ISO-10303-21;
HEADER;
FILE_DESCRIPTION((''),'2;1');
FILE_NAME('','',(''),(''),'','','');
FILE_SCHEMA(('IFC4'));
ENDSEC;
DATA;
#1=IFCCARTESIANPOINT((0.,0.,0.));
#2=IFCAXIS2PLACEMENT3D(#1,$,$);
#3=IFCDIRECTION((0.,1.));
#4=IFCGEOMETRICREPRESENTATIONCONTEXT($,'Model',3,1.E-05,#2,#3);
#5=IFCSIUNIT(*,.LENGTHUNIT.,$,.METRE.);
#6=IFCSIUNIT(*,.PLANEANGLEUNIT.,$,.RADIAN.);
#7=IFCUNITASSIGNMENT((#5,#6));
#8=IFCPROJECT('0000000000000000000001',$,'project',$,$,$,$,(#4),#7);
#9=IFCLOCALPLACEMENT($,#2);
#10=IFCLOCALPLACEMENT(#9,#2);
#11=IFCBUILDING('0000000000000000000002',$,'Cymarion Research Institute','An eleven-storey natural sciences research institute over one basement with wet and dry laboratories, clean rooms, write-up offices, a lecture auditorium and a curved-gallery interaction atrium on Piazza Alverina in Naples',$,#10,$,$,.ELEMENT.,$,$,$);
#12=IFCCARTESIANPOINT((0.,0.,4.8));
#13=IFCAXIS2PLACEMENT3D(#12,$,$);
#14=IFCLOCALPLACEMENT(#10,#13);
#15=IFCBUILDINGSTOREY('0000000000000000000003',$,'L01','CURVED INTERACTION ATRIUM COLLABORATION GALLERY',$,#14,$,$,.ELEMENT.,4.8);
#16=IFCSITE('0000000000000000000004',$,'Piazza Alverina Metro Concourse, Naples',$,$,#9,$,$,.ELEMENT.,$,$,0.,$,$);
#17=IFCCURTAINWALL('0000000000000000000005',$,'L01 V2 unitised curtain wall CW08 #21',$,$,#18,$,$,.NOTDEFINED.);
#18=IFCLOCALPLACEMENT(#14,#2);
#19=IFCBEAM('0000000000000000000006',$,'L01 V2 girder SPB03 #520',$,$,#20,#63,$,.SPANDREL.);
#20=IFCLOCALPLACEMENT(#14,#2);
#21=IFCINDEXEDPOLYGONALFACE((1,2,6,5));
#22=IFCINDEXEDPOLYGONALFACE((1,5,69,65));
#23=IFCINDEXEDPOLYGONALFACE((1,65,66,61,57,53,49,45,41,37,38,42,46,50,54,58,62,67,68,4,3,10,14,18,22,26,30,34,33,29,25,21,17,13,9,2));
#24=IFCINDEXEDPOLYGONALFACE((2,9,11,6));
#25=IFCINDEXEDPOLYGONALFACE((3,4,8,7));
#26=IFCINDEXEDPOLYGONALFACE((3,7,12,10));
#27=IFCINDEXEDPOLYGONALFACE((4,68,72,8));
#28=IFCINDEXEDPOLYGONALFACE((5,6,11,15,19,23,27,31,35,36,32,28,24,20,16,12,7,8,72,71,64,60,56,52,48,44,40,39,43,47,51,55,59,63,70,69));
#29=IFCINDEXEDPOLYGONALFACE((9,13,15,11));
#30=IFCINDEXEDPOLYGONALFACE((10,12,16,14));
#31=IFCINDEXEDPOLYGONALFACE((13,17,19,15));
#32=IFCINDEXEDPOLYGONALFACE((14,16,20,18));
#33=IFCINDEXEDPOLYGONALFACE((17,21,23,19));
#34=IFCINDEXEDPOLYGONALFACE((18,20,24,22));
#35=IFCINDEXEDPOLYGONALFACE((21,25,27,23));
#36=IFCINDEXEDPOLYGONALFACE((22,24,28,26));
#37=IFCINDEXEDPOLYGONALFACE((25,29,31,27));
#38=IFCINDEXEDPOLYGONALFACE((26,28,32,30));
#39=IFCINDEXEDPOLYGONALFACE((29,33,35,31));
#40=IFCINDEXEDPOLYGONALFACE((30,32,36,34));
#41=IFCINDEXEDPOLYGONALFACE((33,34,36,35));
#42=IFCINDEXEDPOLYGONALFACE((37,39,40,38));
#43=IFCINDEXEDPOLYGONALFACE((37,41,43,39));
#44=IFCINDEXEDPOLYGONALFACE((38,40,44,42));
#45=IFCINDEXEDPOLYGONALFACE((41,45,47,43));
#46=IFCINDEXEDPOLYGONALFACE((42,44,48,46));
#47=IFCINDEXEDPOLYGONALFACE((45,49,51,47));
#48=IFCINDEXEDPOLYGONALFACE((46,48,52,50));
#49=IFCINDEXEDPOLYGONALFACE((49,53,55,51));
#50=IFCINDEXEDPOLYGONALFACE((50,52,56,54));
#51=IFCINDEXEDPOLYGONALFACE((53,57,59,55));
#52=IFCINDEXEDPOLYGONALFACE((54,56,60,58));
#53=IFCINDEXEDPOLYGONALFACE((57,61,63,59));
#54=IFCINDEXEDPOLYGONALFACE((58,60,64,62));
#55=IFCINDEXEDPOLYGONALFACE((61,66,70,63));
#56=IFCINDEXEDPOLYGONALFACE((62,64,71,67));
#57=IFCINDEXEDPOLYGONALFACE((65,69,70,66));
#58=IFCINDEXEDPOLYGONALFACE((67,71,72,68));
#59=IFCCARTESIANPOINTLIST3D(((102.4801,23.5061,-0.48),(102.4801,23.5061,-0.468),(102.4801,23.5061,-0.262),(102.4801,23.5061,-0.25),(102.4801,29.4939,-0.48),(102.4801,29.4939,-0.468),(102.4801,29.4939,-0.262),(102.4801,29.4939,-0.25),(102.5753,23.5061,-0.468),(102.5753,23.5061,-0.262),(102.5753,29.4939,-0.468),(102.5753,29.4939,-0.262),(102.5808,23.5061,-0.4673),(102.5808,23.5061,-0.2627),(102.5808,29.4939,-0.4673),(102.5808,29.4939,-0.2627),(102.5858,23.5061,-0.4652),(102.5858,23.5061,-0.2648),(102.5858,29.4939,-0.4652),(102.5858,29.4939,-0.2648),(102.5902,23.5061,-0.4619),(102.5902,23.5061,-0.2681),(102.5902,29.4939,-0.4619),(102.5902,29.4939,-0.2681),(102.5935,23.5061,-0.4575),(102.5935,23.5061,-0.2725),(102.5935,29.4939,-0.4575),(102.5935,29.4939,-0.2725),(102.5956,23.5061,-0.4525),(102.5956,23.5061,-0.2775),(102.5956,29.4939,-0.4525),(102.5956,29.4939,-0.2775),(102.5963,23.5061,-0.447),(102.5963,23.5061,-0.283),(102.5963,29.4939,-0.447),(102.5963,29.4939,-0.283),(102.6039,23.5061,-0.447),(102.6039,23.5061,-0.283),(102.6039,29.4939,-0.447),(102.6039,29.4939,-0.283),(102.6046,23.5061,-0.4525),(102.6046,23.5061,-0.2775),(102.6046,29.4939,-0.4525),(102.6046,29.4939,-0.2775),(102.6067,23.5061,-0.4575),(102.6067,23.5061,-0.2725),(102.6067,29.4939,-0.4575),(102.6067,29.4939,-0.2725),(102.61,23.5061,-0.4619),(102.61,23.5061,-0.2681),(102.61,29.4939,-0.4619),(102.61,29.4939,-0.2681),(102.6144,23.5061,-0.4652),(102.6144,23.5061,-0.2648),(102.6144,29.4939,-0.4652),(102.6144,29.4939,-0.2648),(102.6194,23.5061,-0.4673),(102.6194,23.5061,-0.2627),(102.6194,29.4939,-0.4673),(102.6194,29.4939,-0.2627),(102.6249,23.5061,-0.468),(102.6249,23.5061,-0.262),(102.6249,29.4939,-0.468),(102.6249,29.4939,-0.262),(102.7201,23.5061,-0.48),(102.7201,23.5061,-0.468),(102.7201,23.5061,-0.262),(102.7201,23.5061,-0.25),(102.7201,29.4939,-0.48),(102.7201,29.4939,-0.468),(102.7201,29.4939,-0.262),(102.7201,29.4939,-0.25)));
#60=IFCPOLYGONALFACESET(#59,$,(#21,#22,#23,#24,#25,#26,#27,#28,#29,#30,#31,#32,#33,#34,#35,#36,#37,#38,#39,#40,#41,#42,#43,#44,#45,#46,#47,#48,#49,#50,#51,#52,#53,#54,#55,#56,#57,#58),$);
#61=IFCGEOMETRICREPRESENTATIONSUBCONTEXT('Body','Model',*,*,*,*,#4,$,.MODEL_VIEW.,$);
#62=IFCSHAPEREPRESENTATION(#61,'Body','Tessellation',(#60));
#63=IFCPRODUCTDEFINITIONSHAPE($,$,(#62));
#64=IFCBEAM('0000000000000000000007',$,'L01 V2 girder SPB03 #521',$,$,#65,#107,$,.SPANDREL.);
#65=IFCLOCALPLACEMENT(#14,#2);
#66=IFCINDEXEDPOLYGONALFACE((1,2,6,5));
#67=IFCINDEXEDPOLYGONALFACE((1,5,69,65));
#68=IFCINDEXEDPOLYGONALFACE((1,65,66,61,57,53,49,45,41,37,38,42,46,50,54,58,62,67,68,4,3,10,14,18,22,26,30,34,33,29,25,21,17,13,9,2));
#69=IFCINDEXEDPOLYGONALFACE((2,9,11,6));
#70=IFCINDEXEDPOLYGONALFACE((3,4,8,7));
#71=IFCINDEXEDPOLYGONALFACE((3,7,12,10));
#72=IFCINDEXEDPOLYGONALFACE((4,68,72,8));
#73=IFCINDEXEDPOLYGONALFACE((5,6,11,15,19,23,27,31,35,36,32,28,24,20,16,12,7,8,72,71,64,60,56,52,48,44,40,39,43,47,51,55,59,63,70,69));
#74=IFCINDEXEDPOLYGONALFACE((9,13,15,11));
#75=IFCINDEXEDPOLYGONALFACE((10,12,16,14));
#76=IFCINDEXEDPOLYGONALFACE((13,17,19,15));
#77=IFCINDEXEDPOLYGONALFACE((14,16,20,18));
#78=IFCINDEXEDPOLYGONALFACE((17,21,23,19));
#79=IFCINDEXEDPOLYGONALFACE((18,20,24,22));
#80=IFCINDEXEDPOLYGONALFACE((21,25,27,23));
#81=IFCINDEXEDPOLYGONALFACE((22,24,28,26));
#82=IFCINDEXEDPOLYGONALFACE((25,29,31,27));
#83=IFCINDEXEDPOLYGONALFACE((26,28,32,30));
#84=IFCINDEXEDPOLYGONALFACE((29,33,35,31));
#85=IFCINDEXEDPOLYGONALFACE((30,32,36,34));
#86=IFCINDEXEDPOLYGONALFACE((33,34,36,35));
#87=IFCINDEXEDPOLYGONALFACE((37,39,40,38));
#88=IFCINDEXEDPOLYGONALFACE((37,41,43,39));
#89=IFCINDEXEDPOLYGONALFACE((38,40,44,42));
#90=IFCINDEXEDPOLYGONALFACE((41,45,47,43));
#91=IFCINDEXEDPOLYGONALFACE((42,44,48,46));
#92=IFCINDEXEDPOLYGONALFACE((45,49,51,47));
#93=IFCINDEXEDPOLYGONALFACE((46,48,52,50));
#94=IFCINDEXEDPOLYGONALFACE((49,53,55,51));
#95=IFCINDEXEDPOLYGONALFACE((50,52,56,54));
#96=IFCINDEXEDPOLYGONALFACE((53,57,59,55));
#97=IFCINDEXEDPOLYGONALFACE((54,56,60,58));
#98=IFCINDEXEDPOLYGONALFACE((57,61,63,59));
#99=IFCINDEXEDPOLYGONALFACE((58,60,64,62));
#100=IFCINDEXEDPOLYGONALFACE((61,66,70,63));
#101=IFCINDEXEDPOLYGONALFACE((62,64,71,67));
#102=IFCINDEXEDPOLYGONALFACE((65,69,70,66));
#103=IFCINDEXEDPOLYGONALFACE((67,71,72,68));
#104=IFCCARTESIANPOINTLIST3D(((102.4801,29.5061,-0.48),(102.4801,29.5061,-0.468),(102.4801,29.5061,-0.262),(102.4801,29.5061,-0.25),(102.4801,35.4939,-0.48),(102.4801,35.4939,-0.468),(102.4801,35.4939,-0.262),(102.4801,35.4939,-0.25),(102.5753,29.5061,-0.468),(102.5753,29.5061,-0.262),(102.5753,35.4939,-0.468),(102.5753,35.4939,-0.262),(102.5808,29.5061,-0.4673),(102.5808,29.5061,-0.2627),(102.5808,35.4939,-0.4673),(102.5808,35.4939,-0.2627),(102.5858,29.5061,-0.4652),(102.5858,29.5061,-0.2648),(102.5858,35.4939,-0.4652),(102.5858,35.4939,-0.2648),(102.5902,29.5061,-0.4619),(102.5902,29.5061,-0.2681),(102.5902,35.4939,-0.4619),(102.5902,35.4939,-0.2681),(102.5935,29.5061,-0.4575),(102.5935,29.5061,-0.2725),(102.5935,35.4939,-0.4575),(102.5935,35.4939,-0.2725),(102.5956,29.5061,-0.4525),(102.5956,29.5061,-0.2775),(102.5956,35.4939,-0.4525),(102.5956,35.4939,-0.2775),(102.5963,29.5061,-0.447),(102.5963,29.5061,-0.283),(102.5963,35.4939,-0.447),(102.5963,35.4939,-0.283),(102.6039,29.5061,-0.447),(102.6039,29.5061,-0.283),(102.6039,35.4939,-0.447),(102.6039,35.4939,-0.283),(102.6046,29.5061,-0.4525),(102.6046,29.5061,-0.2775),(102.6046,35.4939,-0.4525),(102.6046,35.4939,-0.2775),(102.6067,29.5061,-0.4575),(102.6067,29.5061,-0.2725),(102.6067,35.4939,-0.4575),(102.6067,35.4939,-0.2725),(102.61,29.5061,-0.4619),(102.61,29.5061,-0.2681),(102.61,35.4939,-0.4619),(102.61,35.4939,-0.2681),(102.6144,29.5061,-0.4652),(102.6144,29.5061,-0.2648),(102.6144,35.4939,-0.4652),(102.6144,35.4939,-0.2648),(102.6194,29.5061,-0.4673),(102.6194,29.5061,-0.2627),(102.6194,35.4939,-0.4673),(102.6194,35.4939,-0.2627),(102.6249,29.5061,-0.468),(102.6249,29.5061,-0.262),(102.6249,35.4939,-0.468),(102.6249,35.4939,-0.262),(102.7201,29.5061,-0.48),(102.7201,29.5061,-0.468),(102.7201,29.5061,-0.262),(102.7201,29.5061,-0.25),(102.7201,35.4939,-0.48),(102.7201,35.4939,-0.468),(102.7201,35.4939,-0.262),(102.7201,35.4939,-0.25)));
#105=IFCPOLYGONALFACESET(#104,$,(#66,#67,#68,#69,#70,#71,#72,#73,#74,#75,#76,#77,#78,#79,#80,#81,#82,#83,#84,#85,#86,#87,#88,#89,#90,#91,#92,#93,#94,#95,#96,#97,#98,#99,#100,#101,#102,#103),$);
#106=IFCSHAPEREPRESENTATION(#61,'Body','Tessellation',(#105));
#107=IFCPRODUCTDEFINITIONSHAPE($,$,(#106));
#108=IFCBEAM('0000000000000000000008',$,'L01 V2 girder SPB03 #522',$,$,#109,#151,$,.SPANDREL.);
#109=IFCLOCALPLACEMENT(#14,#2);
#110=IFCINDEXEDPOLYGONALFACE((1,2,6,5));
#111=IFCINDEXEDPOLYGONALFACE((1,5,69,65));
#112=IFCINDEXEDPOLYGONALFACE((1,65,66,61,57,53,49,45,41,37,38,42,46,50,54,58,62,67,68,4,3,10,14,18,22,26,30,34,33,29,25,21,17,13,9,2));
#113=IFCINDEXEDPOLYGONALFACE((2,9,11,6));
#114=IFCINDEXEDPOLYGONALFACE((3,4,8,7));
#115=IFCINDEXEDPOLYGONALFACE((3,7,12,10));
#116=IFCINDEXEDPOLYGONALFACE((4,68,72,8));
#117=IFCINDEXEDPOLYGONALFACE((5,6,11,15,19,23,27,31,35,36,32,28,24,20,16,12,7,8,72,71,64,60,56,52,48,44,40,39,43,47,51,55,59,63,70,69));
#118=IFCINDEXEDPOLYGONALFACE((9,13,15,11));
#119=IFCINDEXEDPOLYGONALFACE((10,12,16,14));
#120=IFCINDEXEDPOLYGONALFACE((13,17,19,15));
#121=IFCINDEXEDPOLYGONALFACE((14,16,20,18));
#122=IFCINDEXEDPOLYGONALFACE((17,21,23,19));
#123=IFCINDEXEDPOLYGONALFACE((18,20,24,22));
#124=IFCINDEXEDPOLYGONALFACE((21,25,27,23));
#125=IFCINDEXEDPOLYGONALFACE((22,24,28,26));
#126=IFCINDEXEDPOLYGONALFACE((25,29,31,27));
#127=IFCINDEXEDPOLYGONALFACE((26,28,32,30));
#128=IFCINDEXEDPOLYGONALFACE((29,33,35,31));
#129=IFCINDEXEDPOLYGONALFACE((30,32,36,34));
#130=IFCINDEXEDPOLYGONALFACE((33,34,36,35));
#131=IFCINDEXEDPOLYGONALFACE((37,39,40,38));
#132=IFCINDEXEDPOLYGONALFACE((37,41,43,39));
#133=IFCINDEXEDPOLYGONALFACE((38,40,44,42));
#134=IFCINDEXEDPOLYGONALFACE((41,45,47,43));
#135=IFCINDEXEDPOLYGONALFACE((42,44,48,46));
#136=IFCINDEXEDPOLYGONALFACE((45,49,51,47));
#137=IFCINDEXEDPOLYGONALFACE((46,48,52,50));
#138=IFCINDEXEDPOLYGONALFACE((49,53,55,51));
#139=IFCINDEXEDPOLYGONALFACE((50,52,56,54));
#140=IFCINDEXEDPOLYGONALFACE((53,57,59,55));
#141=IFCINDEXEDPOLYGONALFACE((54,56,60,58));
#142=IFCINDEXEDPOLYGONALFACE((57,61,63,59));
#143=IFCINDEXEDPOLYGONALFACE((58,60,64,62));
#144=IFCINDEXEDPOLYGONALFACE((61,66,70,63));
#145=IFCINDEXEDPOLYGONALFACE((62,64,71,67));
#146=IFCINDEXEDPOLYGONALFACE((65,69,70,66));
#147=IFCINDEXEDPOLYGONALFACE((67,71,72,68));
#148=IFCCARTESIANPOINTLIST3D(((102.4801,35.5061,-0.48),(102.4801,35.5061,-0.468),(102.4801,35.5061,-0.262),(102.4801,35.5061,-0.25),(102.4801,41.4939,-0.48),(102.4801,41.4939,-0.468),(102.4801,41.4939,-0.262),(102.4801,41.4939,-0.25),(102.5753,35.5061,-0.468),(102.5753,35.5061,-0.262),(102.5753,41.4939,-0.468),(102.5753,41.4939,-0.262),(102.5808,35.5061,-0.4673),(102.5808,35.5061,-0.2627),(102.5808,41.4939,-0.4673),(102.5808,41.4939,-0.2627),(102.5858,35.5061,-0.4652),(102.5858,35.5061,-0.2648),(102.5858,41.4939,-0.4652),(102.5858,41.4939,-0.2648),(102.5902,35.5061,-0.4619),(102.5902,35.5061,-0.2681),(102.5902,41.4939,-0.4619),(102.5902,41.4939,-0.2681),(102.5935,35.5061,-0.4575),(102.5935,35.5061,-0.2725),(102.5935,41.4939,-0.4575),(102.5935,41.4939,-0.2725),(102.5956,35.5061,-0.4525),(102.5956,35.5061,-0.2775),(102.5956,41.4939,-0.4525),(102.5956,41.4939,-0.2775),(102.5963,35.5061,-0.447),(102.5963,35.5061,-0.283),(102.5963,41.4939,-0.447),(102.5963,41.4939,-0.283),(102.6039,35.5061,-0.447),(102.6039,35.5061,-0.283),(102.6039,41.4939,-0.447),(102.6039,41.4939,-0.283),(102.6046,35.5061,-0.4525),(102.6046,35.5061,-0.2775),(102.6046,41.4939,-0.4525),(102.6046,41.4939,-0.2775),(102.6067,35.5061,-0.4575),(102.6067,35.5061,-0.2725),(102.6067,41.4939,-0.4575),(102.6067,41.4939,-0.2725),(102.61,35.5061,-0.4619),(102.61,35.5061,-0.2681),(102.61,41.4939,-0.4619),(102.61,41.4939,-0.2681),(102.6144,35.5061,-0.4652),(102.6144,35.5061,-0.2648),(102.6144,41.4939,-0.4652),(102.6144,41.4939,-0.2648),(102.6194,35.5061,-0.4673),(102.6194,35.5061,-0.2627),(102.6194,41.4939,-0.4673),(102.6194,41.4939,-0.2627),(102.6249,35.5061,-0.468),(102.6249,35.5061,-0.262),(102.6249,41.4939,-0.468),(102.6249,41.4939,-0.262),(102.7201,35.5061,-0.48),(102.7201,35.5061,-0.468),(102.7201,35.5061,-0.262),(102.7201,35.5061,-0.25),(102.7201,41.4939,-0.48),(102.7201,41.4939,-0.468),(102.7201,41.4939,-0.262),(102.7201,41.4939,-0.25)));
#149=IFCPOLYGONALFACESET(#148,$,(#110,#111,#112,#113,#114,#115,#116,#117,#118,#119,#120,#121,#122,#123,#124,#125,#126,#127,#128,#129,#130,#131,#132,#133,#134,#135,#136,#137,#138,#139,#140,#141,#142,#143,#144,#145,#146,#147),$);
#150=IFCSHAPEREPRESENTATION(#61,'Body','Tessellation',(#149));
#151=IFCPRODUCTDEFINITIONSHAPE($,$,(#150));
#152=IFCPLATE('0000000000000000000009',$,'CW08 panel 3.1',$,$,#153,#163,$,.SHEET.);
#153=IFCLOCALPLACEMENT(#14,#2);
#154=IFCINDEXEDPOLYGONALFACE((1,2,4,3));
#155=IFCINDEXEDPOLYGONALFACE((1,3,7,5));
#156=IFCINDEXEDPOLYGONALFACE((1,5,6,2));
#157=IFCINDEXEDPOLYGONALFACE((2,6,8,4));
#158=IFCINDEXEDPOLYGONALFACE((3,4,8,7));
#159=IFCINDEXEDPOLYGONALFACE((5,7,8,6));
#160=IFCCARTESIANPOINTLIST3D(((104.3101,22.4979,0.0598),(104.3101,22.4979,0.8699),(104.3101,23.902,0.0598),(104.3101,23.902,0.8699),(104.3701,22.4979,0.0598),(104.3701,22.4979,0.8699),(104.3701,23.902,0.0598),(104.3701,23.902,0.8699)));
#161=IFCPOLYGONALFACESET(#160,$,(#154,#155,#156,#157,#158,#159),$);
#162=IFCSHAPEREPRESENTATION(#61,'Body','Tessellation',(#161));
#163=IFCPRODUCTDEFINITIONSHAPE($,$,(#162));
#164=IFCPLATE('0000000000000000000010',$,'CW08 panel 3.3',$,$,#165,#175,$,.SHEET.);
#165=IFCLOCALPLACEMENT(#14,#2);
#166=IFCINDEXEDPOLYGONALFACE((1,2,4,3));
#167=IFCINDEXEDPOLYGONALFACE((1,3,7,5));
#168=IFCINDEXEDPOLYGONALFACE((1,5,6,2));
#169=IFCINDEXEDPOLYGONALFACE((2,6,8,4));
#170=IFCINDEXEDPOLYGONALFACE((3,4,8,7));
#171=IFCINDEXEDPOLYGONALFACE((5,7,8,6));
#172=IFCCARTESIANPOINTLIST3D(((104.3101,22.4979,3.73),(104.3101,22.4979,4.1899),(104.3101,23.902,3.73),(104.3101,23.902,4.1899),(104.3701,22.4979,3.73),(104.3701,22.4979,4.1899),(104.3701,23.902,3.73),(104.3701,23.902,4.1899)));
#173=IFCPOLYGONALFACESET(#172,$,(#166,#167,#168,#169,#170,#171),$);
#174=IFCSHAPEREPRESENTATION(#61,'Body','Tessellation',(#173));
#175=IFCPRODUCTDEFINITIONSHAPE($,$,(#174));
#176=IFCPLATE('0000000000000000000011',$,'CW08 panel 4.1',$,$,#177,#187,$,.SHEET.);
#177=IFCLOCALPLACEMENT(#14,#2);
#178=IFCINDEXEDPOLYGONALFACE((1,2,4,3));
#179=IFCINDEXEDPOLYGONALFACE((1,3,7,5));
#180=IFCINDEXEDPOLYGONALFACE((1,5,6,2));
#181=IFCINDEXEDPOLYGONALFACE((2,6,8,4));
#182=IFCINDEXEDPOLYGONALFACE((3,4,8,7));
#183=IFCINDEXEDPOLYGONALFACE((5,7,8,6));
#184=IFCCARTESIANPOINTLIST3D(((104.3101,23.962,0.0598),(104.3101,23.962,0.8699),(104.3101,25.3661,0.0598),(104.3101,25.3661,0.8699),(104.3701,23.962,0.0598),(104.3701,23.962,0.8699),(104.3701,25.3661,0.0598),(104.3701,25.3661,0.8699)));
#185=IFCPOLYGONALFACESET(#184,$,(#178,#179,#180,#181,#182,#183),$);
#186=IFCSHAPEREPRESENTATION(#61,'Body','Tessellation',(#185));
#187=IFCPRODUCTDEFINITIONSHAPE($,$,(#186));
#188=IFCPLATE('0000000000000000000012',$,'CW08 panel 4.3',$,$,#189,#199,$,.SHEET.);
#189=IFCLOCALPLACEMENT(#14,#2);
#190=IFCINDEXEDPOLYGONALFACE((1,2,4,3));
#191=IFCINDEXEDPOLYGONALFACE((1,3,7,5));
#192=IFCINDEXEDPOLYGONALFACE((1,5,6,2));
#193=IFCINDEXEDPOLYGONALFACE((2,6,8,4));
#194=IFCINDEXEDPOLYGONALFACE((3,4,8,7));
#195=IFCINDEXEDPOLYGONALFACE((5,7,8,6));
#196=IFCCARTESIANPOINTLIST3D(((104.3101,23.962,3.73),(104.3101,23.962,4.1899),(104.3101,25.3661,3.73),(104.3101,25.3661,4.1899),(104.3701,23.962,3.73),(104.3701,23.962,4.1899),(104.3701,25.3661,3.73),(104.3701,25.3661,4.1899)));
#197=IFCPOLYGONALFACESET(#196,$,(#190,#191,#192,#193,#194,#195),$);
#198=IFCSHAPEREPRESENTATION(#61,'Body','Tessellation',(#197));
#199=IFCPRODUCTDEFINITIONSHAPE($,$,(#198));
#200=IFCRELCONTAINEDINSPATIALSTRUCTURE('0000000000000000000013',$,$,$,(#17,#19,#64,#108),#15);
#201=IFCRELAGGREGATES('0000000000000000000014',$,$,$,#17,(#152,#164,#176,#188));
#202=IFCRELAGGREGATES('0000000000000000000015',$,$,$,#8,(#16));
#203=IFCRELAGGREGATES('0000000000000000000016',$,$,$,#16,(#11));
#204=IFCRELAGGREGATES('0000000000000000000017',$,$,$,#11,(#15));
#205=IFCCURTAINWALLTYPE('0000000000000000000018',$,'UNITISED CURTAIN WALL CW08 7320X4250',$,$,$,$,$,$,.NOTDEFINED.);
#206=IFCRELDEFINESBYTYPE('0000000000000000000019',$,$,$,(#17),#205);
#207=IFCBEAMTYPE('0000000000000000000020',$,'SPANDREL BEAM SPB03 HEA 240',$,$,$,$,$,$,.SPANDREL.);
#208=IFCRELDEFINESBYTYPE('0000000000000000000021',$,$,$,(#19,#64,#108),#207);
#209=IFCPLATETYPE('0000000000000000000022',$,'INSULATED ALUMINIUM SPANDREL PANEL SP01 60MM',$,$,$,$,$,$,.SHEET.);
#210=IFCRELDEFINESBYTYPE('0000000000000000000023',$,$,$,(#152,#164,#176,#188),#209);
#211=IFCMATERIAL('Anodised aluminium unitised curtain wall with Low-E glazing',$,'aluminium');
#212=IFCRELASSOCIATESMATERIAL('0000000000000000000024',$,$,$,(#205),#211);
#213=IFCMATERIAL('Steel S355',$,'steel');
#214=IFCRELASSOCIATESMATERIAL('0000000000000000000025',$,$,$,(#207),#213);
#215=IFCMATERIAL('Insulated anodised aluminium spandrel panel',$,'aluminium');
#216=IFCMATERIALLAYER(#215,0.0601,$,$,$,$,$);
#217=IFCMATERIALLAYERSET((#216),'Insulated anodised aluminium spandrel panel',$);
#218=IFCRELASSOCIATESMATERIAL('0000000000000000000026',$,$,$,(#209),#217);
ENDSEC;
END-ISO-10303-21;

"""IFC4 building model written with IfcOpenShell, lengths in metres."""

from ifc_helpers import new_model, si_unit, direction, frame, origin, origin_2d, place, context, subcontext, project, spatial, rectangle, i_section, extrude, material, layer, layer_set, material_profile, profile_set, type_object, element, aggregate, save


model = new_model("IFC4")

# Units and contexts
model_context = context("Model", 3, precision=1e-05, world=origin(), true_north=direction((0.0, 1.0)))
body_context = subcontext(model_context, "Body", "Model", "MODEL_VIEW")
ifc_project = project(units=[si_unit("LENGTHUNIT", "METRE"), si_unit("PLANEANGLEUNIT", "RADIAN")], contexts=[model_context])

# Site, building, storey
site_placement = place(None, origin())
site = spatial("IfcSite", under=ifc_project, at=site_placement, Name="Piazza Alverina Metro Concourse, Naples", CompositionType="ELEMENT", RefElevation=0.0)
building_placement = place(site_placement, origin())
building = spatial("IfcBuilding", under=site, at=building_placement, Name="Cymarion Research Institute", Description="An eleven-storey natural sciences research institute over one basement with wet and dry laboratories, clean rooms, write-up offices, a lecture auditorium and a curved-gallery interaction atrium on Piazza Alverina in Naples", CompositionType="ELEMENT")
storey_placement = place(building_placement, frame((0.0, 0.0, 4.8)))
storey = spatial("IfcBuildingStorey", under=building, at=storey_placement, Name="L01", Description="CURVED INTERACTION ATRIUM COLLABORATION GALLERY", CompositionType="ELEMENT", Elevation=4.8)

# Shared definitions
ifc_material_1 = material(Name="Steel S355", Category="steel")

# Curtain wall
ifc_material_2 = material(Name="Anodised aluminium unitised curtain wall with Low-E glazing", Category="aluminium")
curtain_wall_type = type_object("IfcCurtainWallType", Name="UNITISED CURTAIN WALL CW08 7320X4250", PredefinedType="NOTDEFINED", material=ifc_material_2)
curtain_wall_placement = place(storey_placement, origin())
curtain_wall = element("IfcCurtainWall", 1, at=curtain_wall_placement, inside=storey, type_object=curtain_wall_type, Name="L01 V2 unitised curtain wall CW08 #21", PredefinedType="NOTDEFINED")

# Beams
ifc_material_profile_1 = material_profile(ifc_material_1, i_section(OverallWidth=0.24, OverallDepth=0.23, WebThickness=0.0076, FlangeThickness=0.012, FilletRadius=0.021, at=origin_2d()), Name="HEA 240")
ifc_profile_set_1 = profile_set([ifc_material_profile_1], Name="Steel S355")
beam_type_1 = type_object("IfcBeamType", Name="SPANDREL BEAM SPB03 HEA 240", PredefinedType="SPANDREL", material=ifc_profile_set_1)
for number, where, z_axis, x_axis, name in (
    (2, (102.6001, 23.5061, -0.365), (0.0, 1.0, 0.0), (-1.0, 0.0, 0.0), "L01 V2 girder SPB03 #520"),
    (3, (102.6001, 29.5061, -0.365), (0.0, 1.0, 0.0), (-1.0, 0.0, 0.0), "L01 V2 girder SPB03 #521"),
    (4, (102.6001, 35.5061, -0.365), (0.0, 1.0, 0.0), (-1.0, 0.0, 0.0), "L01 V2 girder SPB03 #522"),
):
    element("IfcBeam", number, at=place(storey_placement, frame(where, z_axis=z_axis, x_axis=x_axis)), inside=storey, type_object=beam_type_1, Name=name, PredefinedType="SPANDREL", context=body_context, shape_type="SweptSolid", body=[
        extrude(i_section(OverallWidth=0.24, OverallDepth=0.23, WebThickness=0.0076, FlangeThickness=0.012, FilletRadius=0.021, at=origin_2d()), origin(), (0.0, 0.0, 1.0), 5.9878),
    ])

# Plates
ifc_material_3 = material(Name="Insulated anodised aluminium spandrel panel", Category="aluminium")
ifc_layer_1 = layer(ifc_material_3, 0.0601)
ifc_layer_set_1 = layer_set([ifc_layer_1], Name="Insulated anodised aluminium spandrel panel")
plate_type_1 = type_object("IfcPlateType", Name="INSULATED ALUMINIUM SPANDREL PANEL SP01 60MM", PredefinedType="SHEET", material=ifc_layer_set_1)
plate_1_placement = place(storey_placement, frame((104.3401, 23.2, 0.0598), z_axis=(0.0, 0.0, 1.0), x_axis=(0.0, 1.0, 0.0)))
plate_1 = element("IfcPlate", 5, at=plate_1_placement, type_object=plate_type_1, Name="CW08 panel 3.1", PredefinedType="SHEET", context=body_context, shape_type="SweptSolid", body=[
    extrude(rectangle(XDim=1.4041, YDim=0.0601, at=origin_2d()), origin(), (0.0, 0.0, 1.0), 0.8101),
])
plate_2_placement = place(storey_placement, frame((104.3401, 23.2, 3.73), z_axis=(0.0, 0.0, 1.0), x_axis=(0.0, 1.0, 0.0)))
plate_2 = element("IfcPlate", 6, at=plate_2_placement, type_object=plate_type_1, Name="CW08 panel 3.3", PredefinedType="SHEET", context=body_context, shape_type="SweptSolid", body=[
    extrude(rectangle(XDim=1.4041, YDim=0.0601, at=origin_2d()), origin(), (0.0, 0.0, 1.0), 0.46),
])
plate_3_placement = place(storey_placement, frame((104.3401, 24.6641, 0.0598), z_axis=(0.0, 0.0, 1.0), x_axis=(0.0, 1.0, 0.0)))
plate_3 = element("IfcPlate", 7, at=plate_3_placement, type_object=plate_type_1, Name="CW08 panel 4.1", PredefinedType="SHEET", context=body_context, shape_type="SweptSolid", body=[
    extrude(rectangle(XDim=1.4041, YDim=0.0601, at=origin_2d()), origin(), (0.0, 0.0, 1.0), 0.8101),
])
plate_4_placement = place(storey_placement, frame((104.3401, 24.6641, 3.73), z_axis=(0.0, 0.0, 1.0), x_axis=(0.0, 1.0, 0.0)))
plate_4 = element("IfcPlate", 8, at=plate_4_placement, type_object=plate_type_1, Name="CW08 panel 4.3", PredefinedType="SHEET", context=body_context, shape_type="SweptSolid", body=[
    extrude(rectangle(XDim=1.4041, YDim=0.0601, at=origin_2d()), origin(), (0.0, 0.0, 1.0), 0.46),
])
aggregate(curtain_wall, [plate_1, plate_2, plate_3, plate_4])

save(model, "model.ifc")
